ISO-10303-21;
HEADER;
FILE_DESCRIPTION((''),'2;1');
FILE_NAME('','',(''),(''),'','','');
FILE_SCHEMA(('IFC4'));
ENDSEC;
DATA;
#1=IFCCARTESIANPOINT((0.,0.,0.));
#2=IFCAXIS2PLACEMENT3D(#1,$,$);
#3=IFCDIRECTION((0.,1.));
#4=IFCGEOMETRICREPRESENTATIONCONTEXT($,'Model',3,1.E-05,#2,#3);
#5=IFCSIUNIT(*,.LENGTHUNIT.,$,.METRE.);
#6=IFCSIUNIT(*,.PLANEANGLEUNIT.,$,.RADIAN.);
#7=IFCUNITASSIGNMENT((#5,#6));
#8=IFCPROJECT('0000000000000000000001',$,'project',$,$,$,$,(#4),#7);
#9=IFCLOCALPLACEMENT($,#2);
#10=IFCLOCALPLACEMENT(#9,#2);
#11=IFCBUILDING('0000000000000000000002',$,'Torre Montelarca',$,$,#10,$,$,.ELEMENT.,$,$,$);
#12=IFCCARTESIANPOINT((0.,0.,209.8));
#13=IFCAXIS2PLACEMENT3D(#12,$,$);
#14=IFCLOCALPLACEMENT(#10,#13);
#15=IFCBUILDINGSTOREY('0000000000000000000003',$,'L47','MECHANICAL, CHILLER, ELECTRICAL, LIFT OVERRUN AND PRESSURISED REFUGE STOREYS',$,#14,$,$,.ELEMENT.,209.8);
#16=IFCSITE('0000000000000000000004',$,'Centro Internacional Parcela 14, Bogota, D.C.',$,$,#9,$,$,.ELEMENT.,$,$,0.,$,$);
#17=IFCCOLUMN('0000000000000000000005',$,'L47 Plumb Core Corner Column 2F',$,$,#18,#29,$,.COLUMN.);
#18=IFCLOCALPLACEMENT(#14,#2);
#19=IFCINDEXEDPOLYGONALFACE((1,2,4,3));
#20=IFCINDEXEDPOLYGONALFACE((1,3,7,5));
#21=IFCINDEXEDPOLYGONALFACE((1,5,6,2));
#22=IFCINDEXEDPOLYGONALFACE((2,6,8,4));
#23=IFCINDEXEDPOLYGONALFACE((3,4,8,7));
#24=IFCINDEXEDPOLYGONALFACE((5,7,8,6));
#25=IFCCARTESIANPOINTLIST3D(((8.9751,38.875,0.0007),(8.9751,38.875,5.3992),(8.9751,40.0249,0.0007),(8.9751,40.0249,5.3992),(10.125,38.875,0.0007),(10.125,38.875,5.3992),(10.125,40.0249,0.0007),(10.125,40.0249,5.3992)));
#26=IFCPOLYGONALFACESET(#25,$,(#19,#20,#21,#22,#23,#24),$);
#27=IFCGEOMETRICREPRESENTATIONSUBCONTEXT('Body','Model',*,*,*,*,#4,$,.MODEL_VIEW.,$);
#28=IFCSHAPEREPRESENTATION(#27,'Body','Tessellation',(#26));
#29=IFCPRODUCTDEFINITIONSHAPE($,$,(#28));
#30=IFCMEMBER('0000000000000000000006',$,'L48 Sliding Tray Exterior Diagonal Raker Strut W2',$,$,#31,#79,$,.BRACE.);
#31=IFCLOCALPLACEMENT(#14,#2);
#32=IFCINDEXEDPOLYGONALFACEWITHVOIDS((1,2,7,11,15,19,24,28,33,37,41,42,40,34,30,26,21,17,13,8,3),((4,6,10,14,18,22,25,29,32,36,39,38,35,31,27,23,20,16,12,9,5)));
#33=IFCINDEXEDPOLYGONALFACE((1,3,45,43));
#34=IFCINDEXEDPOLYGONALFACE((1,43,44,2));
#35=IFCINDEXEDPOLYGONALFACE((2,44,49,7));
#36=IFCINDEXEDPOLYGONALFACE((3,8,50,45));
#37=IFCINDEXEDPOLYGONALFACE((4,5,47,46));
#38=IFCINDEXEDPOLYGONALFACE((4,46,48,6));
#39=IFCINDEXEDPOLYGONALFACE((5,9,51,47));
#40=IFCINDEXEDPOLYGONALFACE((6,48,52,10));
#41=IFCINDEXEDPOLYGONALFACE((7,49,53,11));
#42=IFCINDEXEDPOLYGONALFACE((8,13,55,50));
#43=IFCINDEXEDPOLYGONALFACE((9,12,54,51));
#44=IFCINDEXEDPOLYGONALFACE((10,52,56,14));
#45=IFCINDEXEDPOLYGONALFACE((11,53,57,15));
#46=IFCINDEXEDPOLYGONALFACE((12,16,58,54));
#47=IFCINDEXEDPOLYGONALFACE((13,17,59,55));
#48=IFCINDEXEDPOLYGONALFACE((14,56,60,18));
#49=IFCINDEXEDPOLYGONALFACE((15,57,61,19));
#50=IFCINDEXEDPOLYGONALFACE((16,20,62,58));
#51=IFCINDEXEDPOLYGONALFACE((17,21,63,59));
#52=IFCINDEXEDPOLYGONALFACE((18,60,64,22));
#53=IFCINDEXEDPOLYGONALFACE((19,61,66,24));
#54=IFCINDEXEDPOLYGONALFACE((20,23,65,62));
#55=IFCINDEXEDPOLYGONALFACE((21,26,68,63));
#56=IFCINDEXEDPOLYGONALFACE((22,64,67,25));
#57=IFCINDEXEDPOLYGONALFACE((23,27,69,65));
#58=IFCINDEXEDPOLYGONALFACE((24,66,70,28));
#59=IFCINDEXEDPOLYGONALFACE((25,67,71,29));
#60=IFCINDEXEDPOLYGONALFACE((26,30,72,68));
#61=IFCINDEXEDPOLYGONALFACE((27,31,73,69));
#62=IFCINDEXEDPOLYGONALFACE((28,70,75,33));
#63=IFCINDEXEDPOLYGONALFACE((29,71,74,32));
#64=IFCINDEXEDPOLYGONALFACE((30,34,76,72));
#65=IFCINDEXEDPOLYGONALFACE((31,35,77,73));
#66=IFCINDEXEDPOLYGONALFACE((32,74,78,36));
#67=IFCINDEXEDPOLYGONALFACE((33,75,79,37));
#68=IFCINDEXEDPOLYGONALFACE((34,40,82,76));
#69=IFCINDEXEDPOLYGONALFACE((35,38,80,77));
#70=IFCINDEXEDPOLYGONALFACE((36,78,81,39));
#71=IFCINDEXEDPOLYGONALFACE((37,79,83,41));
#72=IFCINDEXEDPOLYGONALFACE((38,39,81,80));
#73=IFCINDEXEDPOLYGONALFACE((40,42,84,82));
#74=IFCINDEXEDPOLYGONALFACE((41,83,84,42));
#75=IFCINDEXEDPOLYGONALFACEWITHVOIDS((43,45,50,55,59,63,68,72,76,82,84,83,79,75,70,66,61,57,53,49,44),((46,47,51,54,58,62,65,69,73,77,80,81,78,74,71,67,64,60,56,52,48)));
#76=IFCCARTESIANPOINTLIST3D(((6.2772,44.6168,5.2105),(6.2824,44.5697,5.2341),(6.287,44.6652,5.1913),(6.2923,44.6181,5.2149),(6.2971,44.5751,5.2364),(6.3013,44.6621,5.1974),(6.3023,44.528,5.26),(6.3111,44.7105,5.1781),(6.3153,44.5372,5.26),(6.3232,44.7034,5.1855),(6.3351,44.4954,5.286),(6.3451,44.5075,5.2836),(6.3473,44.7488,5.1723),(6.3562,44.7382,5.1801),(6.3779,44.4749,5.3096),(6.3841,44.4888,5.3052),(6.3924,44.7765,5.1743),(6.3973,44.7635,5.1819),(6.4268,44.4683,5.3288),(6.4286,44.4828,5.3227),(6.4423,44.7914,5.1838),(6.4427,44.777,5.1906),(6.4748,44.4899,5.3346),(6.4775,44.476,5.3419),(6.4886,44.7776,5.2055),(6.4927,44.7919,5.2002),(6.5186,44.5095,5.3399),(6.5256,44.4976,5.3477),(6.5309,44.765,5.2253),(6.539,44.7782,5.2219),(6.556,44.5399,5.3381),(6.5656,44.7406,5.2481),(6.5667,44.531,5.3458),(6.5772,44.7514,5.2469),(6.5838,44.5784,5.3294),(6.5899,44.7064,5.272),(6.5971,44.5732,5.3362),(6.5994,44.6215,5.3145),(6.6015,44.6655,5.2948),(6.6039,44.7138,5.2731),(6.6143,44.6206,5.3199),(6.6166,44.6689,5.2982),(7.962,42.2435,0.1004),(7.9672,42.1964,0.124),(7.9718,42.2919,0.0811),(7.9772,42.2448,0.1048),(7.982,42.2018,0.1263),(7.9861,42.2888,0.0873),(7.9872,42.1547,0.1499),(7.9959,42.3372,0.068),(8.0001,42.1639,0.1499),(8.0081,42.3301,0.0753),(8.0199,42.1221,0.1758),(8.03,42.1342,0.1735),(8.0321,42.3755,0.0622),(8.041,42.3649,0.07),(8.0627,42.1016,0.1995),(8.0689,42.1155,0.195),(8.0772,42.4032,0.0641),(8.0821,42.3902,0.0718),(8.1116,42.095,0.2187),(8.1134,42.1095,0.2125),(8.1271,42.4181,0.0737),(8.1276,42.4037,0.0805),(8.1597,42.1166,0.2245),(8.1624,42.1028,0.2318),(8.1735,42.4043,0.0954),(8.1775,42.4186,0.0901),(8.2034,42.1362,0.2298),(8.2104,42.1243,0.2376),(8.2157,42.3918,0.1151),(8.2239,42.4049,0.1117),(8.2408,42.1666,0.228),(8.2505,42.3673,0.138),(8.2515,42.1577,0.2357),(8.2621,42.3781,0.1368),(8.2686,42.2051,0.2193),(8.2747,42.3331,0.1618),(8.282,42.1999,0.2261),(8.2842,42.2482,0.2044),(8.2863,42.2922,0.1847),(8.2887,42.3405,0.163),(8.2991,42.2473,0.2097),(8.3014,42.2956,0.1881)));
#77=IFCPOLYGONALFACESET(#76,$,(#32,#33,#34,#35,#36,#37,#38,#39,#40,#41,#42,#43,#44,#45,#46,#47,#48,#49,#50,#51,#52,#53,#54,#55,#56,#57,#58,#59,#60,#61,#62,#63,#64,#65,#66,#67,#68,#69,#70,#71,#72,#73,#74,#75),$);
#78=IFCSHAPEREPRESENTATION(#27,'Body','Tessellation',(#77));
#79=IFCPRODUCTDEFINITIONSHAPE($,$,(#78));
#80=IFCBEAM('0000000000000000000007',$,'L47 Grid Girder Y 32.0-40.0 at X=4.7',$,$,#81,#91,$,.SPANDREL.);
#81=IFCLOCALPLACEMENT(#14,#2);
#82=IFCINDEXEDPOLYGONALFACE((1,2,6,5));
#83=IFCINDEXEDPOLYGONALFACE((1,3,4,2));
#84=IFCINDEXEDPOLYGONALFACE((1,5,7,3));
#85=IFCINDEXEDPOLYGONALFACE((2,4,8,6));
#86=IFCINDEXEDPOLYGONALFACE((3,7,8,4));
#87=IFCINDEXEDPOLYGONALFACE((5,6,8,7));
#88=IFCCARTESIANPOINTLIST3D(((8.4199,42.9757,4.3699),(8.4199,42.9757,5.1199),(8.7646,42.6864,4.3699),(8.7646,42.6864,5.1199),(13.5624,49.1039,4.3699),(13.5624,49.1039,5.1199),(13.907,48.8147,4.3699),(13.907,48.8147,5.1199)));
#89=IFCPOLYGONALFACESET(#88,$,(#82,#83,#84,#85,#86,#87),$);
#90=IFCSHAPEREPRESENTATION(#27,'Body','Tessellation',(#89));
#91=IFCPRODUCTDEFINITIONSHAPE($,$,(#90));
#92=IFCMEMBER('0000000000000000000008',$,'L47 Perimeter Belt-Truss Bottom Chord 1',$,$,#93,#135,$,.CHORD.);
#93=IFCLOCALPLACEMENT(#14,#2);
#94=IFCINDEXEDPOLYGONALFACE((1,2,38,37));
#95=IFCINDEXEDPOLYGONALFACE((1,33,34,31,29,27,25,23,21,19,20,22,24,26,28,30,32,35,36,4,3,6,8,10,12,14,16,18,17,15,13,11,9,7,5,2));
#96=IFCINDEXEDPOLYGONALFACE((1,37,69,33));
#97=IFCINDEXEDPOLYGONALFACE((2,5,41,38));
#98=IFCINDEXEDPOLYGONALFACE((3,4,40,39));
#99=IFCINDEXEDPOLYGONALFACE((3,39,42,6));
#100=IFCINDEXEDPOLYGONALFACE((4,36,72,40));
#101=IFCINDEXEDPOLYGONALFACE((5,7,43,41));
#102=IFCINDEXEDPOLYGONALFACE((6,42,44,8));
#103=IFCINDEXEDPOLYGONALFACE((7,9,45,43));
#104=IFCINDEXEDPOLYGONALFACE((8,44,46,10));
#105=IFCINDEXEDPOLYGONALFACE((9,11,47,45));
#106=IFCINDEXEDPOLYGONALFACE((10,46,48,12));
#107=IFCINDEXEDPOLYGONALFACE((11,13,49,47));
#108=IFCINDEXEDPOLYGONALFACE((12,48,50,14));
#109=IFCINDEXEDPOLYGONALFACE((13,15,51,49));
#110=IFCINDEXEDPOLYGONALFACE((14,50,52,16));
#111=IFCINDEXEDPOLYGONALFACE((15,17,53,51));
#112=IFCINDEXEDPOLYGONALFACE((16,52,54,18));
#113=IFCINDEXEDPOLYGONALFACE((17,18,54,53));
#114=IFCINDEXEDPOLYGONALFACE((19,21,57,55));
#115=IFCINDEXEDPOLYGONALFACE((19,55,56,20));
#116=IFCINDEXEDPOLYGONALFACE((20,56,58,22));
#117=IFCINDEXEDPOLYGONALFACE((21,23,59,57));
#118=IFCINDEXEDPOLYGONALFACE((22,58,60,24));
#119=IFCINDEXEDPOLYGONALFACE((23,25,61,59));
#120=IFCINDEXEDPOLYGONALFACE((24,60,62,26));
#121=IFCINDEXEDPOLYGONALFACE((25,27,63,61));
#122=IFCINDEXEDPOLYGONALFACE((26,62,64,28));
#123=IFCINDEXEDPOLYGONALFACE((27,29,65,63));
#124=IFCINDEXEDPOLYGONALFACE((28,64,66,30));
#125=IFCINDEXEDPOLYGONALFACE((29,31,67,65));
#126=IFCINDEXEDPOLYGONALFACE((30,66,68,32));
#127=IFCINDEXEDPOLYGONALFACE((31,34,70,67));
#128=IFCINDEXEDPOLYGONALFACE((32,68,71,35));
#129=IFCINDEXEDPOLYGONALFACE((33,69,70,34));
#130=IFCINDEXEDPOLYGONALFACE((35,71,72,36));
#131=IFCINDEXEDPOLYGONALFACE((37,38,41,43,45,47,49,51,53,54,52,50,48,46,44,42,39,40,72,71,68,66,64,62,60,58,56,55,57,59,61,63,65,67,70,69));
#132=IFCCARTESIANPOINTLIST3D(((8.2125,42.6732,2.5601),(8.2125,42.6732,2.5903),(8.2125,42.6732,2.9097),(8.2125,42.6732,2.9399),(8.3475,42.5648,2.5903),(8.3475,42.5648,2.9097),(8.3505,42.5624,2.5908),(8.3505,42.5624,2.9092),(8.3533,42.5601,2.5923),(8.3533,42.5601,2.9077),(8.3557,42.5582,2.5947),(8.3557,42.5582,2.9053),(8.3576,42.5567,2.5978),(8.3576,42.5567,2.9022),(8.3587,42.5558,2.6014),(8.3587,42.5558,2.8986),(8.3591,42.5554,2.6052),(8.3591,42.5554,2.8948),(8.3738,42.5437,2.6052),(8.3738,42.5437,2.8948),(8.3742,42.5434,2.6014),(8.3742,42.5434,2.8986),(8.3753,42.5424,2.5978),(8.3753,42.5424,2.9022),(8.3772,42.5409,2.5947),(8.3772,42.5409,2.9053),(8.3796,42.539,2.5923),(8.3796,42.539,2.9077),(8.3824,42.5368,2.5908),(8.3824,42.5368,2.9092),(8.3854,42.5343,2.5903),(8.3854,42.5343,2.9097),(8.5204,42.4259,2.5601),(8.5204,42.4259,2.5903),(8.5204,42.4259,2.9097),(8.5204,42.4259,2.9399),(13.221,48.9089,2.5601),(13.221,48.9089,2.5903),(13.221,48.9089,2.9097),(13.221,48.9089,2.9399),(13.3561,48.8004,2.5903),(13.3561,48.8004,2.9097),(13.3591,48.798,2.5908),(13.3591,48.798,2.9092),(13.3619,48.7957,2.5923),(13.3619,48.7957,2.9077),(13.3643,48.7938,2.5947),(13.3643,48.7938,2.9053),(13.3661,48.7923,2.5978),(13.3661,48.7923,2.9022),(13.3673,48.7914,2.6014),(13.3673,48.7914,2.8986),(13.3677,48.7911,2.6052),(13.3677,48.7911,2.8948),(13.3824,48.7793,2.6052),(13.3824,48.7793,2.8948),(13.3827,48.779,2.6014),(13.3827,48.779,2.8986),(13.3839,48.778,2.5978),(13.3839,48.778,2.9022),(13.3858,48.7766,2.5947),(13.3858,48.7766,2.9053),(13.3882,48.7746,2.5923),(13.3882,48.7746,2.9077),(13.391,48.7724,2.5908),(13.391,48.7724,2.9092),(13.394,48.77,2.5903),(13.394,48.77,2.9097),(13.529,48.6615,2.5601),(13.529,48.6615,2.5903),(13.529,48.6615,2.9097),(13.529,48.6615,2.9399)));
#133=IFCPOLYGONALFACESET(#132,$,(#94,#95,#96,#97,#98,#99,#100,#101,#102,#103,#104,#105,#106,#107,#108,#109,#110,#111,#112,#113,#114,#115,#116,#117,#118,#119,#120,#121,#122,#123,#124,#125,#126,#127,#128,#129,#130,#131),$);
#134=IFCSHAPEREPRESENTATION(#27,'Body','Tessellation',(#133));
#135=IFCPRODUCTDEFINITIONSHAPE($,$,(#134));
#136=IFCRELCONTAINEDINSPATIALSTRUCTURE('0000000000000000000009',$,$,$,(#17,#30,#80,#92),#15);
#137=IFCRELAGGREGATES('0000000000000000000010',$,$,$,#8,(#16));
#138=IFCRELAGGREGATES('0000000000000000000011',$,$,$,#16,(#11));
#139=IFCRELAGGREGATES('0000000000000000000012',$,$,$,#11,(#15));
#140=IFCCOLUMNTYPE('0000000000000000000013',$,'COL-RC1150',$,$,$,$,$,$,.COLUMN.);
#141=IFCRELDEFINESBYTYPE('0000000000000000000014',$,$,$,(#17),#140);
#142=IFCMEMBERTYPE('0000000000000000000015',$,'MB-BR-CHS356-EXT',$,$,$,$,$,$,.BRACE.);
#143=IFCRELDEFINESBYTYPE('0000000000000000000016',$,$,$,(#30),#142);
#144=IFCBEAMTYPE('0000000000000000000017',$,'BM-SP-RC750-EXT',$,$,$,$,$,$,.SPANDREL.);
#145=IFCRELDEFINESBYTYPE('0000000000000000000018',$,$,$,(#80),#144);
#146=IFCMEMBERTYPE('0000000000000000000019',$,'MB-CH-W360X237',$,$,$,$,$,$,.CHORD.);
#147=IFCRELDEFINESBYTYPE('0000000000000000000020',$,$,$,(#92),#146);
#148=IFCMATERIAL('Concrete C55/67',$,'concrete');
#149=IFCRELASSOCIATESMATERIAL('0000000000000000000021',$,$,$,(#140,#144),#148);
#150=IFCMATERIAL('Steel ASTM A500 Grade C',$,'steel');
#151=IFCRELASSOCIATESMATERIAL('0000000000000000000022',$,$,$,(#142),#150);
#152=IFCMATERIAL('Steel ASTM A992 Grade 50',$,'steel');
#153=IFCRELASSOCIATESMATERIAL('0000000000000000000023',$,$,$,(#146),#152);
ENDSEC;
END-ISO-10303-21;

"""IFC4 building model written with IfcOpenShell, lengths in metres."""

from ifc_helpers import new_model, si_unit, direction, frame, origin, origin_2d, place, context, subcontext, project, spatial, rectangle, hollow_circle, i_section, extrude, source, transform, mapped, material, material_profile, profile_set, type_object, element, save


model = new_model("IFC4")

# Units and contexts
model_context = context("Model", 3, precision=1e-05, world=origin(), true_north=direction((0.0, 1.0)))
body_context = subcontext(model_context, "Body", "Model", "MODEL_VIEW")
ifc_project = project(units=[si_unit("LENGTHUNIT", "METRE"), si_unit("PLANEANGLEUNIT", "RADIAN")], contexts=[model_context])

# Site, building, storey
site_placement = place(None, origin())
site = spatial("IfcSite", under=ifc_project, at=site_placement, Name="Centro Internacional Parcela 14, Bogota, D.C.", CompositionType="ELEMENT", RefElevation=0.0)
building_placement = place(site_placement, origin())
building = spatial("IfcBuilding", under=site, at=building_placement, Name="Torre Montelarca", CompositionType="ELEMENT")
storey_placement = place(building_placement, frame((0.0, 0.0, 209.8)))
storey = spatial("IfcBuildingStorey", under=building, at=storey_placement, Name="L47", Description="MECHANICAL, CHILLER, ELECTRICAL, LIFT OVERRUN AND PRESSURISED REFUGE STOREYS", CompositionType="ELEMENT", Elevation=209.8)

# Column
ifc_material_1 = material(Name="Concrete C55/67", Category="concrete")
ifc_material_profile_1 = material_profile(ifc_material_1, rectangle(XDim=1.1499, YDim=1.1499, at=origin_2d()), Name="RC1150X1150", Category="concrete")
ifc_profile_set_1 = profile_set([ifc_material_profile_1], Name="Concrete C55/67")
column_type_1 = type_object("IfcColumnType", Name="COL-RC1150", PredefinedType="COLUMN", material=ifc_profile_set_1)
shared_shape_1 = source(origin(), body_context, "Body", "SweptSolid", [
    extrude(rectangle(XDim=1.1499, YDim=1.1499, at=origin_2d()), origin(), (0.0, 0.0, 1.0), 5.3984),
])
column_1_placement = place(storey_placement, frame((9.55, 39.45, 0.0007), z_axis=(0.0, 0.0, 1.0), x_axis=(1.0, 0.0, 0.0)))
element("IfcColumn", 1, at=column_1_placement, inside=storey, type_object=column_type_1, Name="L47 Plumb Core Corner Column 2F", PredefinedType="COLUMN", context=body_context, shape_type="MappedRepresentation", body=[
    mapped(shared_shape_1, transform((0.0, 0.0, 0.0), scale=1.0)),
])

# Member
ifc_material_2 = material(Name="Steel ASTM A500 Grade C", Category="steel")
ifc_material_profile_2 = material_profile(ifc_material_2, hollow_circle(Radius=0.1777, WallThickness=0.0159, at=origin_2d()), Name="HSS355.6X15.9", Category="steel")
ifc_profile_set_2 = profile_set([ifc_material_profile_2], Name="Steel ASTM A500 Grade C")
member_type_1 = type_object("IfcMemberType", Name="MB-BR-CHS356-EXT", PredefinedType="BRACE", material=ifc_profile_set_2)
shared_shape_2 = source(origin(), body_context, "Body", "SweptSolid", [
    extrude(hollow_circle(Radius=0.1777, WallThickness=0.0159, at=origin_2d()), origin(), (0.0, 0.0, 1.0), 5.8809),
])
member_1_placement = place(storey_placement, frame((8.1321, 42.2576, 0.1499), z_axis=(-0.286492, 0.403563, 0.868941), x_axis=(-0.815419, -0.578871, 0.0)))
element("IfcMember", 2, at=member_1_placement, inside=storey, type_object=member_type_1, Name="L48 Sliding Tray Exterior Diagonal Raker Strut W2", PredefinedType="BRACE", context=body_context, shape_type="MappedRepresentation", body=[
    mapped(shared_shape_2, transform((0.0, 0.0, 0.0), scale=1.0)),
])

# Beam
ifc_material_profile_3 = material_profile(ifc_material_1, rectangle(XDim=0.45, YDim=0.75, at=origin_2d()), Name="RCB450X750", Category="concrete")
ifc_profile_set_3 = profile_set([ifc_material_profile_3], Name="Concrete C55/67")
beam_type = type_object("IfcBeamType", Name="BM-SP-RC750-EXT", PredefinedType="SPANDREL", material=ifc_profile_set_3)
shared_shape_3 = source(origin(), body_context, "Body", "SweptSolid", [
    extrude(rectangle(XDim=0.45, YDim=0.75, at=origin_2d()), origin(), (0.0, 0.0, 1.0), 8.0),
])
beam_placement = place(storey_placement, frame((8.5923, 42.8311, 4.7449), z_axis=(0.642801, 0.766033, 0.0), x_axis=(-0.766033, 0.642801, 0.0)))
element("IfcBeam", 3, at=beam_placement, inside=storey, type_object=beam_type, Name="L47 Grid Girder Y 32.0-40.0 at X=4.7", PredefinedType="SPANDREL", context=body_context, shape_type="MappedRepresentation", body=[
    mapped(shared_shape_3, transform((0.0, 0.0, 0.0), scale=1.0)),
])

# Member
ifc_material_3 = material(Name="Steel ASTM A992 Grade 50", Category="steel")
ifc_material_profile_4 = material_profile(ifc_material_3, i_section(OverallWidth=0.395, OverallDepth=0.3799, WebThickness=0.0188, FlangeThickness=0.0303, FilletRadius=0.0149, at=origin_2d()), Name="W360X237", Category="steel")
ifc_profile_set_4 = profile_set([ifc_material_profile_4], Name="Steel ASTM A992 Grade 50")
member_type_2 = type_object("IfcMemberType", Name="MB-CH-W360X237", PredefinedType="CHORD", material=ifc_profile_set_4)
shared_shape_4 = source(origin(), body_context, "Body", "SweptSolid", [
    extrude(i_section(OverallWidth=0.395, OverallDepth=0.3799, WebThickness=0.0188, FlangeThickness=0.0303, FilletRadius=0.0149, at=origin_2d()), origin(), (0.0, 0.0, 1.0), 7.998),
])
member_2_placement = place(storey_placement, frame((8.3665, 42.5496, 2.75), z_axis=(0.626224, 0.779643, 0.0), x_axis=(-0.779643, 0.626224, 0.0)))
element("IfcMember", 4, at=member_2_placement, inside=storey, type_object=member_type_2, Name="L47 Perimeter Belt-Truss Bottom Chord 1", PredefinedType="CHORD", context=body_context, shape_type="MappedRepresentation", body=[
    mapped(shared_shape_4, transform((0.0, 0.0, 0.0), scale=1.0)),
])

save(model, "model.ifc")
